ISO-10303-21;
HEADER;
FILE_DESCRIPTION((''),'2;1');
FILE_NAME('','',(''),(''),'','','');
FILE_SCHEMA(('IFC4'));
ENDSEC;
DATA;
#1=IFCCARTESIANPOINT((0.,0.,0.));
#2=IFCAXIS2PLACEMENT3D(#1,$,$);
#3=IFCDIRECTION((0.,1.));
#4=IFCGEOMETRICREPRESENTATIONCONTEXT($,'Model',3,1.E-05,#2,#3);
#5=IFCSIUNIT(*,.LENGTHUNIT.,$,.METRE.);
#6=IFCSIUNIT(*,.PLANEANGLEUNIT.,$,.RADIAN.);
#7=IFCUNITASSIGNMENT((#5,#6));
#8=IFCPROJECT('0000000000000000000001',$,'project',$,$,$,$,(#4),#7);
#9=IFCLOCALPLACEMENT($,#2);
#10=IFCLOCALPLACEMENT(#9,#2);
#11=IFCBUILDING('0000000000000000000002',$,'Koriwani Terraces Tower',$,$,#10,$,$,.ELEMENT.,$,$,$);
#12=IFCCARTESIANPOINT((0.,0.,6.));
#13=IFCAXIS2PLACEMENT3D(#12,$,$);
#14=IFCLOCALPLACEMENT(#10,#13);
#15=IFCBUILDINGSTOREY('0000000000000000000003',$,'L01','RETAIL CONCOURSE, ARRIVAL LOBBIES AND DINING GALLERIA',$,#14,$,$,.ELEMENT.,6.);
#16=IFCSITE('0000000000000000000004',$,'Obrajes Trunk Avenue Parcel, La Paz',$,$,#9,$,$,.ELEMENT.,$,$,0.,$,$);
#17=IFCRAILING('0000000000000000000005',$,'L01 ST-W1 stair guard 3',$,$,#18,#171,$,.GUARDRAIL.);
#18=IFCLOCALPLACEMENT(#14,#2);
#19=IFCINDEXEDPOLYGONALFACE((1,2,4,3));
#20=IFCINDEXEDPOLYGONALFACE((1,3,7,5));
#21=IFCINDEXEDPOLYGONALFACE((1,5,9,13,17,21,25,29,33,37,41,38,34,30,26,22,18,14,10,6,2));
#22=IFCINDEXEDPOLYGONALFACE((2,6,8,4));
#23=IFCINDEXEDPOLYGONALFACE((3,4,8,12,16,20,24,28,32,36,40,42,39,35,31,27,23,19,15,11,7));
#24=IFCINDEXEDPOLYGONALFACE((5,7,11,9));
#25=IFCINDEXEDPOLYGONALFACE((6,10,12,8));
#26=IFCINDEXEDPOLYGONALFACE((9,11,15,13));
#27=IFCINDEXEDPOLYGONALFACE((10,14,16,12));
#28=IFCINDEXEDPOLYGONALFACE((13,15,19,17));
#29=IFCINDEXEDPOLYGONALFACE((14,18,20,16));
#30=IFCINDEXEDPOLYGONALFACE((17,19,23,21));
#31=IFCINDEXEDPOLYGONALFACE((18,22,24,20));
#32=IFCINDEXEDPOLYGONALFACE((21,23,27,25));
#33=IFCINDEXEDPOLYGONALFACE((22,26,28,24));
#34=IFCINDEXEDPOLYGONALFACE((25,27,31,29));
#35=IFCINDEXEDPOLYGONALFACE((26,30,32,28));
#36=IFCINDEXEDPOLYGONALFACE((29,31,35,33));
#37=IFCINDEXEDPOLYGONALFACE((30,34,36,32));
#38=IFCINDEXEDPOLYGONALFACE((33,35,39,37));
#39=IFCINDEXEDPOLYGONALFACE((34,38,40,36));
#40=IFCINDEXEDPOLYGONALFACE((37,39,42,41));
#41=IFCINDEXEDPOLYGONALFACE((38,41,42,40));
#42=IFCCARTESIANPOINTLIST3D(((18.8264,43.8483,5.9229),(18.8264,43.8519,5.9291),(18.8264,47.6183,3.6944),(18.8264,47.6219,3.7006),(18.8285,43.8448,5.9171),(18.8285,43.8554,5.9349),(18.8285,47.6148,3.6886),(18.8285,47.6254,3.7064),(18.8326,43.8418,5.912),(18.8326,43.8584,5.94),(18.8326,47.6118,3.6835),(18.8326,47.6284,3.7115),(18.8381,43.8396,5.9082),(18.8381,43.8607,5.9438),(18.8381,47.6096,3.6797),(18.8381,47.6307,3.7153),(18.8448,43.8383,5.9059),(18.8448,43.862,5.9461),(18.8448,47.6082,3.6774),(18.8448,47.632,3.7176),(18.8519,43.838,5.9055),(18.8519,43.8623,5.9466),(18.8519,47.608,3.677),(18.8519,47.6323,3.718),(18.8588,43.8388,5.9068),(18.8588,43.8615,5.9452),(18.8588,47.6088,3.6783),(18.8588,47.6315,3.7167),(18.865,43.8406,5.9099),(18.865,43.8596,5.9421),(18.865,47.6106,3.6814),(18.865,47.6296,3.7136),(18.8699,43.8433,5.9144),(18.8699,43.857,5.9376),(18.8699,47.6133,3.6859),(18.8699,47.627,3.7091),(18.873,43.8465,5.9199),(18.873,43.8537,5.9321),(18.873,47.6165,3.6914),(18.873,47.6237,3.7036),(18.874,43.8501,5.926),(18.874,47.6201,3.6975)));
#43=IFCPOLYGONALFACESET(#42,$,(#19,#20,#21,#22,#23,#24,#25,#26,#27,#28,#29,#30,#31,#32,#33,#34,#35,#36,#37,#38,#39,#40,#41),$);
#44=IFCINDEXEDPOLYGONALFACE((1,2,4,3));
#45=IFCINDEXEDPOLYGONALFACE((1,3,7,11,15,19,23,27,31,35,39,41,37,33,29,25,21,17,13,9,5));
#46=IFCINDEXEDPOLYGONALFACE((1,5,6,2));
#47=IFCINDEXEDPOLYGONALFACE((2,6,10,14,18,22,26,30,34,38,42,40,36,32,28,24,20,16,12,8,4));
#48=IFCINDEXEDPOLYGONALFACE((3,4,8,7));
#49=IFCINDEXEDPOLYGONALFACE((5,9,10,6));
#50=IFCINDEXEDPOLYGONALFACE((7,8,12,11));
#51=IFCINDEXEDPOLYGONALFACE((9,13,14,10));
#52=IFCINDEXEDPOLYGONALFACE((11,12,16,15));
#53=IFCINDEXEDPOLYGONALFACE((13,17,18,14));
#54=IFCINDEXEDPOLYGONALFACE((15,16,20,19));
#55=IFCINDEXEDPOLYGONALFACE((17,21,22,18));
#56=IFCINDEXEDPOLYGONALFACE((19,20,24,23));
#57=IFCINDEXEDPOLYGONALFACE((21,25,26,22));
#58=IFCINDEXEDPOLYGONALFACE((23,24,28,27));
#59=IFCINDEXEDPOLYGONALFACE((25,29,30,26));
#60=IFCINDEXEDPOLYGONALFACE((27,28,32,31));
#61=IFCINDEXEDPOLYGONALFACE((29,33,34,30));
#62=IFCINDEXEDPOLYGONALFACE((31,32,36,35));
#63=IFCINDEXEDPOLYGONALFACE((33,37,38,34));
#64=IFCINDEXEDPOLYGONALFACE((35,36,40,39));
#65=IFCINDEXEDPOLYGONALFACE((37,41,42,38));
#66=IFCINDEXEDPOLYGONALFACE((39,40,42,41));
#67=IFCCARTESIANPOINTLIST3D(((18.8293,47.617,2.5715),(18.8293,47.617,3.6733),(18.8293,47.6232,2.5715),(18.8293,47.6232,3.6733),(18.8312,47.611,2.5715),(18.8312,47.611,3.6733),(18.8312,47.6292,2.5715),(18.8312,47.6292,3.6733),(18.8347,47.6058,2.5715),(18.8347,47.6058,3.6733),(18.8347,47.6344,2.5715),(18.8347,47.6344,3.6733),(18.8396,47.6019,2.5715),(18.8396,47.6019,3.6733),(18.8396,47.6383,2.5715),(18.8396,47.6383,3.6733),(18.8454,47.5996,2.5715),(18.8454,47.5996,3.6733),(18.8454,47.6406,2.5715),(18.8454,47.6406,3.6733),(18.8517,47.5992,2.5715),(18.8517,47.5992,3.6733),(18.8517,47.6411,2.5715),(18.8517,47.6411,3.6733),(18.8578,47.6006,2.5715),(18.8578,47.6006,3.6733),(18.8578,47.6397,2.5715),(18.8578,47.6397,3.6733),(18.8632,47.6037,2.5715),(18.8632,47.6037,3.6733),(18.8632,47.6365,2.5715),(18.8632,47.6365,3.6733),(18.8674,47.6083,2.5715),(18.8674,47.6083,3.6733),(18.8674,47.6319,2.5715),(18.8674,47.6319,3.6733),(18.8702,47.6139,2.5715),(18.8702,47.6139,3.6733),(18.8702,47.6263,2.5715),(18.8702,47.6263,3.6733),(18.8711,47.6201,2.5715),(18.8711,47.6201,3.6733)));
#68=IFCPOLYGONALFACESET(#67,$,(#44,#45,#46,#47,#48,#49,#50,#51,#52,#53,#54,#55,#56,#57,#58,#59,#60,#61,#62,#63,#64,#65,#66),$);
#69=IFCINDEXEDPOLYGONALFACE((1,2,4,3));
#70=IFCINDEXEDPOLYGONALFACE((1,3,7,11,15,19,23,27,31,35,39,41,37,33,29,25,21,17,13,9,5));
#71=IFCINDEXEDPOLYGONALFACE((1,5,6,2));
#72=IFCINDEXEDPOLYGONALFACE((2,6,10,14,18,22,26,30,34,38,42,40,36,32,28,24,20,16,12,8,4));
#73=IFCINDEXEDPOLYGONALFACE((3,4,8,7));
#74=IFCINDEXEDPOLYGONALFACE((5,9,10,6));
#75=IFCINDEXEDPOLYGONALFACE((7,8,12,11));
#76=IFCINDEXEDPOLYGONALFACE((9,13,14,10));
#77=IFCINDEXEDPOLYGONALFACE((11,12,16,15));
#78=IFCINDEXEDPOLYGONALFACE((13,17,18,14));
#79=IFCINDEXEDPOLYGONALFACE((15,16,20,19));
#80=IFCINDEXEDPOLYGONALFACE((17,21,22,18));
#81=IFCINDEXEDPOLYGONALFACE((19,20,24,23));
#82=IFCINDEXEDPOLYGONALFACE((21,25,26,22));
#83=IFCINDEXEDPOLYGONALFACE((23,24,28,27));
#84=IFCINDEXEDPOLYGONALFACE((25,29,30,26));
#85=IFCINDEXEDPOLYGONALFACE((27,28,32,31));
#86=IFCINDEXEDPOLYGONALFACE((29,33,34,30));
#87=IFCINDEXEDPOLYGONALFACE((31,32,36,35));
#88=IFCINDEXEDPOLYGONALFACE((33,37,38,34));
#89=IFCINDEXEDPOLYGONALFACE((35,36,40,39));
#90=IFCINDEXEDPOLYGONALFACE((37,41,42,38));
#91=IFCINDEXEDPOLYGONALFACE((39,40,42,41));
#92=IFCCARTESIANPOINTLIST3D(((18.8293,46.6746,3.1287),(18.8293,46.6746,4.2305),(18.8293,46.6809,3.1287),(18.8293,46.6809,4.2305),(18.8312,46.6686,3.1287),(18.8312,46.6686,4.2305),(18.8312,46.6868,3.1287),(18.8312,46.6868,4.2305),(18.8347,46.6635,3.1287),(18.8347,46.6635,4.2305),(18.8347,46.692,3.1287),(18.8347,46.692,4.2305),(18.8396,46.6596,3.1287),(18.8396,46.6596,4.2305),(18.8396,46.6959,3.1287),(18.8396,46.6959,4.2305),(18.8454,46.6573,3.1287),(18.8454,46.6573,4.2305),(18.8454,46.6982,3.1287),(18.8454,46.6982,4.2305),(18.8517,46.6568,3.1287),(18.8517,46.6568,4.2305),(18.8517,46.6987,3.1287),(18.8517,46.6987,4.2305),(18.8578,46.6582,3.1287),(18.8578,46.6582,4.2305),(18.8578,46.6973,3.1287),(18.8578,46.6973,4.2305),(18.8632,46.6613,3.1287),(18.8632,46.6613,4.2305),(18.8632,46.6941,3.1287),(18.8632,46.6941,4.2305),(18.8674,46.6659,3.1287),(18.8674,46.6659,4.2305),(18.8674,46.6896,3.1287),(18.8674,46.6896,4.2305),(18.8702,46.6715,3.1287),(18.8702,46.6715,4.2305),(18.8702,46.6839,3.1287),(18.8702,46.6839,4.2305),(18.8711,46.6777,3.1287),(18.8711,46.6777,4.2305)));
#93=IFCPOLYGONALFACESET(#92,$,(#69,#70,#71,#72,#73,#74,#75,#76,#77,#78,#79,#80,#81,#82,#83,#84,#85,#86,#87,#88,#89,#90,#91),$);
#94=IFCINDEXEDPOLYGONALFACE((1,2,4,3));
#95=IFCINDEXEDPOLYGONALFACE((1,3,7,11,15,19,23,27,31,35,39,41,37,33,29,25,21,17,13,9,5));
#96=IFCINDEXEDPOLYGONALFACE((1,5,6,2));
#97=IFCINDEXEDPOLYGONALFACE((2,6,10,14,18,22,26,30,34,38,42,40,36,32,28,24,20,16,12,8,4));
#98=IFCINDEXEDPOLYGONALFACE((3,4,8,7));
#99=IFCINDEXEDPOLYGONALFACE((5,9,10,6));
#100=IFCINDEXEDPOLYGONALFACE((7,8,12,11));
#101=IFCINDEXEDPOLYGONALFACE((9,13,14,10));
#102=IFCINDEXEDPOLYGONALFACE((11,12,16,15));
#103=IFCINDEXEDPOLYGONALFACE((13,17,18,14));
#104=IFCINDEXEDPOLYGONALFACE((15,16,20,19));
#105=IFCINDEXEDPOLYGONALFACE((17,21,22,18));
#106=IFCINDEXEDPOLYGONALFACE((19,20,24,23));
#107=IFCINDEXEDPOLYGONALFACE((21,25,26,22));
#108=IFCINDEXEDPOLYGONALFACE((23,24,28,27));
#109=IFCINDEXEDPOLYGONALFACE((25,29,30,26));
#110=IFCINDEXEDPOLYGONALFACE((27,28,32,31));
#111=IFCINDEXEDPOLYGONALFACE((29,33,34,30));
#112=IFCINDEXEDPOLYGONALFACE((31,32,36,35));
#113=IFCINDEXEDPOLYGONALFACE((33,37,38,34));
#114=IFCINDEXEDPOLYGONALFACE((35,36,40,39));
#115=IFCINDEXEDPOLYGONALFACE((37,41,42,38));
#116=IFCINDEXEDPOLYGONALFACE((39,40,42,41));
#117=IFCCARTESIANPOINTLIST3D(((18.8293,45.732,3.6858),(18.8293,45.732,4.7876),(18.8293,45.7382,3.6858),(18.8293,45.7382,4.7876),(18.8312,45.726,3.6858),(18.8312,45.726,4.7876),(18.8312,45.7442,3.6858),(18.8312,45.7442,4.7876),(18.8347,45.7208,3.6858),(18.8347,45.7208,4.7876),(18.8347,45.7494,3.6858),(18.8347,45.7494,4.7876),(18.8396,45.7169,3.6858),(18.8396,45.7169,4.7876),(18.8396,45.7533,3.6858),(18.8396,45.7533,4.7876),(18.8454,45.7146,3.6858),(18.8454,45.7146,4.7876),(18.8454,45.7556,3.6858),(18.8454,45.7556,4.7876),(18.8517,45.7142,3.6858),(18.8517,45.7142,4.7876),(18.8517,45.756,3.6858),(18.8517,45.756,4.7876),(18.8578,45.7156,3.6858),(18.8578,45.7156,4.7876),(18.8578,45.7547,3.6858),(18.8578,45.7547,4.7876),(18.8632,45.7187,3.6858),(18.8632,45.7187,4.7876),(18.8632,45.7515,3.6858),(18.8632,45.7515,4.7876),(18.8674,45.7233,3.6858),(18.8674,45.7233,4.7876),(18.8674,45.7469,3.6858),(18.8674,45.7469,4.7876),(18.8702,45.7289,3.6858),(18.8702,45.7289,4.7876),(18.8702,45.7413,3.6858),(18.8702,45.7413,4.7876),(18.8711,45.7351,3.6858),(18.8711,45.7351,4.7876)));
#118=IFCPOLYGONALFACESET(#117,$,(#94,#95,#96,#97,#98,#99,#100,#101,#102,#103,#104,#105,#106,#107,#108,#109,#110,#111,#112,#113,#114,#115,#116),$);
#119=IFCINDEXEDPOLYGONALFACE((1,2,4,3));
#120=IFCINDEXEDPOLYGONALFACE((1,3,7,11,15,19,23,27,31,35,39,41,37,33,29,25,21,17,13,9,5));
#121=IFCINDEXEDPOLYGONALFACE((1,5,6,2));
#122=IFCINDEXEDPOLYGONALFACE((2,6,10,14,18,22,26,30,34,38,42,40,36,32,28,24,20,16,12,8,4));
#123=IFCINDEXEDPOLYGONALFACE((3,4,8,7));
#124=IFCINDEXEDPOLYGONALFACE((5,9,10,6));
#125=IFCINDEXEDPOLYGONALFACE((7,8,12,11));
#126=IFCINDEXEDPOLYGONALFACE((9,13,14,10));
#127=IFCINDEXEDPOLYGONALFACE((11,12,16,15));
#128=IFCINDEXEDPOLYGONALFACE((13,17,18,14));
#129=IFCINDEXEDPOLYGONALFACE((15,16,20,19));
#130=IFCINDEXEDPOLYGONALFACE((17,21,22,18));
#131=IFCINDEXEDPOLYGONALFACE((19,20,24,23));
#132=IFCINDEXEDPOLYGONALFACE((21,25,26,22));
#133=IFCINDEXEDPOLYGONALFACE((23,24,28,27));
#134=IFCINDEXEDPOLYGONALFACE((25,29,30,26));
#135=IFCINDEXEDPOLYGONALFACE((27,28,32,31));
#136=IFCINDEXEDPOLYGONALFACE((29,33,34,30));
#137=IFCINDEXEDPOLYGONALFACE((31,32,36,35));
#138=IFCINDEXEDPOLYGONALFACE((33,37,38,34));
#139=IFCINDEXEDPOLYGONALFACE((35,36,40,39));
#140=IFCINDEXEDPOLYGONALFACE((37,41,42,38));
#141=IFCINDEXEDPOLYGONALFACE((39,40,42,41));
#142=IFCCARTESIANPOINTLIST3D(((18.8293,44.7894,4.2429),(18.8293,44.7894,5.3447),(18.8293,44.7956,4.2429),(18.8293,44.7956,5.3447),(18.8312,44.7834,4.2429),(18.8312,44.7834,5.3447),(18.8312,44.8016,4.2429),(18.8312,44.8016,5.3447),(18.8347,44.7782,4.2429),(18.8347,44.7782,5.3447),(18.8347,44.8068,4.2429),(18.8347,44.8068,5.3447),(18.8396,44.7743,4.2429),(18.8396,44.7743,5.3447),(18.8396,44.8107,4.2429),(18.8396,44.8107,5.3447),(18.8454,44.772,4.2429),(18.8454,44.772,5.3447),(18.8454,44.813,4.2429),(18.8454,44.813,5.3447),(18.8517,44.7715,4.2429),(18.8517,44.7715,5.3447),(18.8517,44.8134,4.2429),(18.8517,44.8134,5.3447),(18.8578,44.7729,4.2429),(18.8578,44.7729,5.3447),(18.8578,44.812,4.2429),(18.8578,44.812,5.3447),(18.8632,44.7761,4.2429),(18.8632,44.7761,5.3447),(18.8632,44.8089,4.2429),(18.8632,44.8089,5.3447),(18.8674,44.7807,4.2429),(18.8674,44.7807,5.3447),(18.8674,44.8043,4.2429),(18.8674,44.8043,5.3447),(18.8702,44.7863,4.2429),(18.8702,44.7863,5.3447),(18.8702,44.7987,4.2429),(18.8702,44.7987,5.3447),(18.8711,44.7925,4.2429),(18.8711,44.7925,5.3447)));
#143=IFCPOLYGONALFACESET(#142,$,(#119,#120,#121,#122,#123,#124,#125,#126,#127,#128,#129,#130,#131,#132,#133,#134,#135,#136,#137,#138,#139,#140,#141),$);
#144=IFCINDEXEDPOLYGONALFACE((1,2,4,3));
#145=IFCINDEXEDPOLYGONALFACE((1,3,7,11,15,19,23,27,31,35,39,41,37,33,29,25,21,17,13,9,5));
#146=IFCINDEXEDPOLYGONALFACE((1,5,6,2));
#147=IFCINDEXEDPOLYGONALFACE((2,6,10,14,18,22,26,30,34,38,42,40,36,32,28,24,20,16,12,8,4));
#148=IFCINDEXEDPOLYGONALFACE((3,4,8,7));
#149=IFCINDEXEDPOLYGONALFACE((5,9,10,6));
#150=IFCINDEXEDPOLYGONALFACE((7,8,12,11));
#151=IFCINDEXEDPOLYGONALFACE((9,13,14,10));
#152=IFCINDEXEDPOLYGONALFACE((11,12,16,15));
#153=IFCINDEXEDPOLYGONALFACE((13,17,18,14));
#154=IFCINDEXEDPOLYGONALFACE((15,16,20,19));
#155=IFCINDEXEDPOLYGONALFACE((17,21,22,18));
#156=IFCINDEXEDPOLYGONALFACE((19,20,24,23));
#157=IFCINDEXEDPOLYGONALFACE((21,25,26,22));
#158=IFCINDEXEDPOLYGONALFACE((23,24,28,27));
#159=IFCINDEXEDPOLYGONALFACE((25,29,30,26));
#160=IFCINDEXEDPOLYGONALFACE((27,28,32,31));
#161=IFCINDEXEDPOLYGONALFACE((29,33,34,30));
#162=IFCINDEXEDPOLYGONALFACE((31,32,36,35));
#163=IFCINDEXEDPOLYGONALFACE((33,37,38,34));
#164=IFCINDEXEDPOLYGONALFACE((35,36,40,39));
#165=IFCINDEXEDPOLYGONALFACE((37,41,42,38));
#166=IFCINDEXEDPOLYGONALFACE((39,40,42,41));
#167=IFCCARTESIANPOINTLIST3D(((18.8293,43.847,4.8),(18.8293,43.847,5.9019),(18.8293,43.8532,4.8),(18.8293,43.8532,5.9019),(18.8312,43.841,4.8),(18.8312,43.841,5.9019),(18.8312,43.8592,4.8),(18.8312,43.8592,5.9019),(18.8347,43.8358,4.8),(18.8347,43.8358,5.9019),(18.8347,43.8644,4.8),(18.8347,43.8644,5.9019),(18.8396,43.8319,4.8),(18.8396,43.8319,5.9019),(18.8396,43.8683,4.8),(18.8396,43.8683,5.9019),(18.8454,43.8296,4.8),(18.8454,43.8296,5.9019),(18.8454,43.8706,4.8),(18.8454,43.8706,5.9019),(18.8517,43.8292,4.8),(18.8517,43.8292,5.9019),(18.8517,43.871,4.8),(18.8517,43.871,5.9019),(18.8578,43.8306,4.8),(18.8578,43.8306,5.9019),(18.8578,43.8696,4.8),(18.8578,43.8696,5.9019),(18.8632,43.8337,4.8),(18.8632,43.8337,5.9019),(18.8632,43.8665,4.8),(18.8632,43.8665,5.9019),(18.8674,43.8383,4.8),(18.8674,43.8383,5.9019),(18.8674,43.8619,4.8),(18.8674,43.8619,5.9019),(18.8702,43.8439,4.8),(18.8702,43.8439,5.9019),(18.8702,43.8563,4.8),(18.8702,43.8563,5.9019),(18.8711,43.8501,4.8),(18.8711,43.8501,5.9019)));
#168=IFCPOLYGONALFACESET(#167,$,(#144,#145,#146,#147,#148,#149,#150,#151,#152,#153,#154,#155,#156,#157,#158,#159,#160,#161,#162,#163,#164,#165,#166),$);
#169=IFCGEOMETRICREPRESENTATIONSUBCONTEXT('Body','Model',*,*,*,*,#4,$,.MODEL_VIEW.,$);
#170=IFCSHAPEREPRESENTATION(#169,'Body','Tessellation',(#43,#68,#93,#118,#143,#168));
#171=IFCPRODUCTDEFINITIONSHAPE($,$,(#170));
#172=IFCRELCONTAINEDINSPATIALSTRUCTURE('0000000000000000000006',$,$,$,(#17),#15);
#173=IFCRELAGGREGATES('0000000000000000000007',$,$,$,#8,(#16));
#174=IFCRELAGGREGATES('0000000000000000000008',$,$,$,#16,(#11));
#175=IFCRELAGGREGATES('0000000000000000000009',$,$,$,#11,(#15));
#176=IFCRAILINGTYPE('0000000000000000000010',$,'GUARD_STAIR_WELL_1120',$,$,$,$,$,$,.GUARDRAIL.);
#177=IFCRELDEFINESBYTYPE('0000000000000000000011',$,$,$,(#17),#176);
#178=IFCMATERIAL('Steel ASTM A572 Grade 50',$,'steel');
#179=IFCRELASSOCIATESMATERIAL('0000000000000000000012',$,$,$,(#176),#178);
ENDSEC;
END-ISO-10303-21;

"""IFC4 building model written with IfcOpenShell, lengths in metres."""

from ifc_helpers import new_model, si_unit, direction, frame, origin, origin_2d, place, context, subcontext, project, spatial, circle, extrude, material, type_object, element, save


model = new_model("IFC4")

# Units and contexts
model_context = context("Model", 3, precision=1e-05, world=origin(), true_north=direction((0.0, 1.0)))
body_context = subcontext(model_context, "Body", "Model", "MODEL_VIEW")
ifc_project = project(units=[si_unit("LENGTHUNIT", "METRE"), si_unit("PLANEANGLEUNIT", "RADIAN")], contexts=[model_context])

# Site, building, storey
site_placement = place(None, origin())
site = spatial("IfcSite", under=ifc_project, at=site_placement, Name="Obrajes Trunk Avenue Parcel, La Paz", CompositionType="ELEMENT", RefElevation=0.0)
building_placement = place(site_placement, origin())
building = spatial("IfcBuilding", under=site, at=building_placement, Name="Koriwani Terraces Tower", CompositionType="ELEMENT")
storey_placement = place(building_placement, frame((0.0, 0.0, 6.0)))
storey = spatial("IfcBuildingStorey", under=building, at=storey_placement, Name="L01", Description="RETAIL CONCOURSE, ARRIVAL LOBBIES AND DINING GALLERIA", CompositionType="ELEMENT", Elevation=6.0)

# Shared definitions
ifc_material_1 = material(Name="Steel ASTM A572 Grade 50", Category="steel")

# Railing
railing_type_1 = type_object("IfcRailingType", Name="GUARD_STAIR_WELL_1120", PredefinedType="GUARDRAIL", material=ifc_material_1)
railing_1_placement = place(storey_placement, frame((18.8501, 47.6201, 2.5715)))
element("IfcRailing", 1, at=railing_1_placement, inside=storey, type_object=railing_type_1, Name="L01 ST-W1 stair guard 3", PredefinedType="GUARDRAIL", context=body_context, shape_type="SweptSolid", body=[
    extrude(circle(Radius=0.0239, at=origin_2d()), frame((0.0, 0.0, 1.126), z_axis=(0.0, -0.860849, 0.508861), x_axis=(1.0, 0.0, 0.0)), (0.0, 0.0, 1.0), 4.3794),
    extrude(circle(Radius=0.021, at=origin_2d()), origin(), (0.0, 0.0, 1.0), 1.1018),
    extrude(circle(Radius=0.021, at=origin_2d()), frame((0.0, -0.9424, 0.5571)), (0.0, 0.0, 1.0), 1.1018),
    extrude(circle(Radius=0.021, at=origin_2d()), frame((0.0, -1.885, 1.1143)), (0.0, 0.0, 1.0), 1.1018),
    extrude(circle(Radius=0.021, at=origin_2d()), frame((0.0, -2.8276, 1.6714)), (0.0, 0.0, 1.0), 1.1018),
    extrude(circle(Radius=0.021, at=origin_2d()), frame((0.0, -3.77, 2.2285)), (0.0, 0.0, 1.0), 1.1018),
])

save(model, "model.ifc")
